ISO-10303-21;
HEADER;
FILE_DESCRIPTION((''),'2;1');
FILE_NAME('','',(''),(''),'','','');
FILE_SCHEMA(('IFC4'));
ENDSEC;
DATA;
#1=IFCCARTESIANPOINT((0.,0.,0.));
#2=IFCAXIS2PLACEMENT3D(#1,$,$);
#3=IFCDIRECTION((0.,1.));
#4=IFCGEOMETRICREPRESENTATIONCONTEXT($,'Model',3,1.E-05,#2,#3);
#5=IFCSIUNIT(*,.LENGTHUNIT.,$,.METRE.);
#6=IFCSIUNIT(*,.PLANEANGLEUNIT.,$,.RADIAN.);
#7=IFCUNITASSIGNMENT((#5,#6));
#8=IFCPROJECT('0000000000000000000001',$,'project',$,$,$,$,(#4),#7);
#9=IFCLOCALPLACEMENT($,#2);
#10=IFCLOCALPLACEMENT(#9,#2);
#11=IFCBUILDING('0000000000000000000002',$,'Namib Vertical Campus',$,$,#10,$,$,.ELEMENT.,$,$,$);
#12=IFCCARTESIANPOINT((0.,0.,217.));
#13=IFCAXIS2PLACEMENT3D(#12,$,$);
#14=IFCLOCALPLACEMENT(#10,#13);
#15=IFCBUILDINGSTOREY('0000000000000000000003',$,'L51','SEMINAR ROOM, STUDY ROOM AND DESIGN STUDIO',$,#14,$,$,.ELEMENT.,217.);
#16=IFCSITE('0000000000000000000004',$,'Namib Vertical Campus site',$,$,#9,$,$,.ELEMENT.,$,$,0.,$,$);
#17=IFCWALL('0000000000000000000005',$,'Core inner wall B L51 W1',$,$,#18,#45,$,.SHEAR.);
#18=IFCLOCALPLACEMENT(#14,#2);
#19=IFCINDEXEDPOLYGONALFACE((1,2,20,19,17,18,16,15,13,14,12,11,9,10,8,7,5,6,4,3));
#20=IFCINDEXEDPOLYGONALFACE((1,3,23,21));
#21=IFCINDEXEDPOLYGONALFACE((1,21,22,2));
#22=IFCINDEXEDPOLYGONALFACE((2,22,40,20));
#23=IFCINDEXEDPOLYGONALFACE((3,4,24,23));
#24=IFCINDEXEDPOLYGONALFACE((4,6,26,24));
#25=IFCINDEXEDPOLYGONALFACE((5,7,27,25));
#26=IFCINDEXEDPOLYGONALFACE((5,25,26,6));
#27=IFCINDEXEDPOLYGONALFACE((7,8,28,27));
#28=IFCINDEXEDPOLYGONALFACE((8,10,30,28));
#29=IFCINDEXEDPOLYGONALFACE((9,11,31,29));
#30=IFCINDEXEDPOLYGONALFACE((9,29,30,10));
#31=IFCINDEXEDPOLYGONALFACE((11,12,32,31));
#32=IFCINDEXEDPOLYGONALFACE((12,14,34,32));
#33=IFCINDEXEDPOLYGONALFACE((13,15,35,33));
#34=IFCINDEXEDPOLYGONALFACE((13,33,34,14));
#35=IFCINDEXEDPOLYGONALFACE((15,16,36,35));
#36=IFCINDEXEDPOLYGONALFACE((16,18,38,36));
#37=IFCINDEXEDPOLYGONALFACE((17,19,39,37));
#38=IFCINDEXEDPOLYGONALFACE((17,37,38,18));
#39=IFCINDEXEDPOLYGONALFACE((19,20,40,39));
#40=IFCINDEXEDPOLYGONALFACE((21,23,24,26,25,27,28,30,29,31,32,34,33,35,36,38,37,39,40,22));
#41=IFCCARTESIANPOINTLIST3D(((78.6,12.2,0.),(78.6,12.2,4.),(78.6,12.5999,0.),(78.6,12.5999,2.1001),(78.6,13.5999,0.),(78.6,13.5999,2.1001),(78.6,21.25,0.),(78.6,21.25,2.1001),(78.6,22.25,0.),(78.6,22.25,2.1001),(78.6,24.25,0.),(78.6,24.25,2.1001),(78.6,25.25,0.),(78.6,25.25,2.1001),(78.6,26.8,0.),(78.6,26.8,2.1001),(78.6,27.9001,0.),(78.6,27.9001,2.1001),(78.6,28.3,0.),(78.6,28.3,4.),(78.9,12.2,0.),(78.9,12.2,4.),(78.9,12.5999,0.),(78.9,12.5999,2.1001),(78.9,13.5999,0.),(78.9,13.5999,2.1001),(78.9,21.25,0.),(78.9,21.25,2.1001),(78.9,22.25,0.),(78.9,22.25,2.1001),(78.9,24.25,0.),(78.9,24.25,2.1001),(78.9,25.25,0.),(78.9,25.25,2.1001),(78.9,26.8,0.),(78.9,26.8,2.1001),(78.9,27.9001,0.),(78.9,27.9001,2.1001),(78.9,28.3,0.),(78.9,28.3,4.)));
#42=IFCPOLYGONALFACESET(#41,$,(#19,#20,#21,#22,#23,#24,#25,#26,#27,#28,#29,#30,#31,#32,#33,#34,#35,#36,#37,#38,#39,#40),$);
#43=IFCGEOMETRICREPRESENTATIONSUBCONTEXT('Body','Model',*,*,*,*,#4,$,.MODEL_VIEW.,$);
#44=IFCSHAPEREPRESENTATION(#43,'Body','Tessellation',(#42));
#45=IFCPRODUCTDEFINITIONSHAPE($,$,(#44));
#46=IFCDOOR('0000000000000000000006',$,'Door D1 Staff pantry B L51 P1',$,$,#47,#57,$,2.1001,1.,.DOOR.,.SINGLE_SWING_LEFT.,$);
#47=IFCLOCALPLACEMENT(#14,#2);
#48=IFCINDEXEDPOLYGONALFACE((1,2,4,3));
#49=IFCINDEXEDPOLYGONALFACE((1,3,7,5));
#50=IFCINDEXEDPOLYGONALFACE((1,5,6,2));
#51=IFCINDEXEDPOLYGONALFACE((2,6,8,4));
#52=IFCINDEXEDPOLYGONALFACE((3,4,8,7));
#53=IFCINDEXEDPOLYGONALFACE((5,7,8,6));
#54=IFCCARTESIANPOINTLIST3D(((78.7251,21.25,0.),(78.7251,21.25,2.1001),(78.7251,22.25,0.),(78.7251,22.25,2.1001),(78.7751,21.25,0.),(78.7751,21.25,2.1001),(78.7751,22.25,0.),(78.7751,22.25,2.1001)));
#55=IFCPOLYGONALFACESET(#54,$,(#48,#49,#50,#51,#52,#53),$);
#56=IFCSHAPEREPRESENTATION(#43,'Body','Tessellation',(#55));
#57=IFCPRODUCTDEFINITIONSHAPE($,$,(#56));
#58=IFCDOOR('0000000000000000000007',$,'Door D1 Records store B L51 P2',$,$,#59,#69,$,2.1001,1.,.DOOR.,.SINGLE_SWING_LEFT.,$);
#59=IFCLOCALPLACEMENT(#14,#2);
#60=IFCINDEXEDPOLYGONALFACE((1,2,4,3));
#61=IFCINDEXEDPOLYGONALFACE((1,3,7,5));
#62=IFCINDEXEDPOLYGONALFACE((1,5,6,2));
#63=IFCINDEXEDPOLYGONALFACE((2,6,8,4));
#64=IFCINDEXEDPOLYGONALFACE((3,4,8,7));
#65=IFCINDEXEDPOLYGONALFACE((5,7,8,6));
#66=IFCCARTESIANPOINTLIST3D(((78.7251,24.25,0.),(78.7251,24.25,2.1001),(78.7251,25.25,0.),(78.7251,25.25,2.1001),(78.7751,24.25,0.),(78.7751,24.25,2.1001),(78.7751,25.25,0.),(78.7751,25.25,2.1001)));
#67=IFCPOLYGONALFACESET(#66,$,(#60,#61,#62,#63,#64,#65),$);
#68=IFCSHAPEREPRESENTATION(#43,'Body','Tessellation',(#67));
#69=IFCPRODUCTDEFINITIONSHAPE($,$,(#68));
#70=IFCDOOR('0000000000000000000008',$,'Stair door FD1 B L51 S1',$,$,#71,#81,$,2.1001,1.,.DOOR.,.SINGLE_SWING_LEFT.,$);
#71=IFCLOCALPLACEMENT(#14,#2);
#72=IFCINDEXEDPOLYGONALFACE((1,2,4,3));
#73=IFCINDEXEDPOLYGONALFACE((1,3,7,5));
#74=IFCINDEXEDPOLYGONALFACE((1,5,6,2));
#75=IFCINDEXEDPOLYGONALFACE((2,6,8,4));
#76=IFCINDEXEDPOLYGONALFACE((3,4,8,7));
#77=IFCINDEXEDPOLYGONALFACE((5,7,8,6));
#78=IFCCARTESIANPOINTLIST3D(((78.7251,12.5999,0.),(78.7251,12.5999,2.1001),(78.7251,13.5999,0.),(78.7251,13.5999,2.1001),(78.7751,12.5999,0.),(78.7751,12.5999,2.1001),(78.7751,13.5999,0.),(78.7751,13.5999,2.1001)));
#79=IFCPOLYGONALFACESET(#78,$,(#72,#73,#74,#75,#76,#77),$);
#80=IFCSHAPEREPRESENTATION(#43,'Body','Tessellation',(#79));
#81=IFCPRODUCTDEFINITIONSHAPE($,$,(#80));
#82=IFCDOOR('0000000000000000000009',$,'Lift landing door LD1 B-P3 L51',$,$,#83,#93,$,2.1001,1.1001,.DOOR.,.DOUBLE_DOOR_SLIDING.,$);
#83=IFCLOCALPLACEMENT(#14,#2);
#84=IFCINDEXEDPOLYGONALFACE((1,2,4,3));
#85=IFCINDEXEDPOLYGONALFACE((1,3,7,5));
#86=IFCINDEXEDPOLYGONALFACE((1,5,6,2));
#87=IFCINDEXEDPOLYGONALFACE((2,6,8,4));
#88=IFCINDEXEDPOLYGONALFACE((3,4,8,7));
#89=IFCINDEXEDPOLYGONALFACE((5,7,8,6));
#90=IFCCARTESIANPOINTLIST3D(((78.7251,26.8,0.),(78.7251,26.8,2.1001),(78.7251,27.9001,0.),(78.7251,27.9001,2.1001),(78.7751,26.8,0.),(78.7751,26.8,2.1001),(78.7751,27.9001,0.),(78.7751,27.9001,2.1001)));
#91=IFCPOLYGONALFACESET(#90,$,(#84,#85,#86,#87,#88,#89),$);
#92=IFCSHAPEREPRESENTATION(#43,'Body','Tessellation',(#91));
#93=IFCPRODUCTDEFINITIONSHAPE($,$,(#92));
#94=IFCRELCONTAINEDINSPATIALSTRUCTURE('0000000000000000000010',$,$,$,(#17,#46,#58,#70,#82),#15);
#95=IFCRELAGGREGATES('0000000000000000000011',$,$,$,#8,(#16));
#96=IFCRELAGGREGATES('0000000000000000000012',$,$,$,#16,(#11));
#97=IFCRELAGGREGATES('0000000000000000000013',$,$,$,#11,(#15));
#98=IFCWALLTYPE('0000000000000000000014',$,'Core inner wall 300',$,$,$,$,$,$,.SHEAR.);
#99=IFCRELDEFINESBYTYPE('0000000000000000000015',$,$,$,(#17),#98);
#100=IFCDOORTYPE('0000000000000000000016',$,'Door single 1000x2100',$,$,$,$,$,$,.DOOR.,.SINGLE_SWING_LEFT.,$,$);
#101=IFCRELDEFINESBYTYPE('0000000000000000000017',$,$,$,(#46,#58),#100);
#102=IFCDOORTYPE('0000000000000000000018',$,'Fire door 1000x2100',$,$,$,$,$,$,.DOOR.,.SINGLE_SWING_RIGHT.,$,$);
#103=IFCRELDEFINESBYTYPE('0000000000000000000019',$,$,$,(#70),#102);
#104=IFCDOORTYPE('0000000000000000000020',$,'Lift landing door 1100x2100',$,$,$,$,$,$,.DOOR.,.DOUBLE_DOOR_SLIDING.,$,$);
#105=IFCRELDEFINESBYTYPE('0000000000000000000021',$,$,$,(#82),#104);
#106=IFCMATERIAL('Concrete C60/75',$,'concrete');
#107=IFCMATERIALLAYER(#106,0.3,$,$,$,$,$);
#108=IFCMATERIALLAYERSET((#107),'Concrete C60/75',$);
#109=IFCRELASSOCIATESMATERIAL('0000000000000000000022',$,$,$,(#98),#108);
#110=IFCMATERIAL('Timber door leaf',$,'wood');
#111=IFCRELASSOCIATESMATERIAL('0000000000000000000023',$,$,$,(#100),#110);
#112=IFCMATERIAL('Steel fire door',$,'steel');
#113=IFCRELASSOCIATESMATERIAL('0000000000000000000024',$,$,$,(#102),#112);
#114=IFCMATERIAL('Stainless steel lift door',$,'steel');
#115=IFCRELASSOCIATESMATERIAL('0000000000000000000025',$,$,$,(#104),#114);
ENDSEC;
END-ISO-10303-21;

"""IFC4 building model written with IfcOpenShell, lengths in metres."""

from ifc_helpers import new_model, si_unit, direction, frame, frame_2d, origin, place, context, subcontext, project, spatial, rectangle, extrude, material, layer, layer_set, type_object, element, fill, save


model = new_model("IFC4")

# Units and contexts
model_context = context("Model", 3, precision=1e-05, world=origin(), true_north=direction((0.0, 1.0)))
body_context = subcontext(model_context, "Body", "Model", "MODEL_VIEW")
ifc_project = project(units=[si_unit("LENGTHUNIT", "METRE"), si_unit("PLANEANGLEUNIT", "RADIAN")], contexts=[model_context])

# Site, building, storey
site_placement = place(None, origin())
site = spatial("IfcSite", under=ifc_project, at=site_placement, Name="Namib Vertical Campus site", CompositionType="ELEMENT", RefElevation=0.0)
building_placement = place(site_placement, origin())
building = spatial("IfcBuilding", under=site, at=building_placement, Name="Namib Vertical Campus", CompositionType="ELEMENT")
storey_placement = place(building_placement, frame((0.0, 0.0, 217.0)))
storey = spatial("IfcBuildingStorey", under=building, at=storey_placement, Name="L51", Description="SEMINAR ROOM, STUDY ROOM AND DESIGN STUDIO", CompositionType="ELEMENT", Elevation=217.0)

# Wall, openings, doors
ifc_material_1 = material(Name="Concrete C60/75", Category="concrete")
ifc_layer_1 = layer(ifc_material_1, 0.3)
ifc_layer_set_1 = layer_set([ifc_layer_1], Name="Concrete C60/75")
wall_type_1 = type_object("IfcWallType", Name="Core inner wall 300", PredefinedType="SHEAR", material=ifc_layer_set_1)
wall_1_placement = place(storey_placement, frame((78.75, 12.2, 0.0), z_axis=(0.0, 0.0, 1.0), x_axis=(0.0, 1.0, 0.0)))
wall_1 = element("IfcWall", 1, at=wall_1_placement, inside=storey, type_object=wall_type_1, Name="Core inner wall B L51 W1", PredefinedType="SHEAR", context=body_context, shape_type="SweptSolid", body=[
    extrude(rectangle(XDim=16.1001, YDim=0.3, at=frame_2d((8.05, 0.0))), origin(), (0.0, 0.0, 1.0), 4.0),
])
opening_1_placement = place(wall_1_placement, frame((0.3999, 0.0, 0.0)))
opening_1 = element("IfcOpeningElement", 2, at=opening_1_placement, cuts=wall_1, PredefinedType="OPENING", context=body_context, shape_type="SweptSolid", body=[
    extrude(rectangle(XDim=1.0, YDim=2.1001, at=frame_2d((0.5, 1.05))), frame((0.0, 0.1599, 0.0), z_axis=(0.0, -1.0, 0.0), x_axis=(1.0, 0.0, 0.0)), (0.0, 0.0, 1.0), 0.3201),
])
opening_2_placement = place(wall_1_placement, frame((14.6001, 0.0, 0.0)))
opening_2 = element("IfcOpeningElement", 3, at=opening_2_placement, cuts=wall_1, PredefinedType="OPENING", context=body_context, shape_type="SweptSolid", body=[
    extrude(rectangle(XDim=1.1001, YDim=2.1001, at=frame_2d((0.55, 1.05))), frame((0.0, 0.1599, 0.0), z_axis=(0.0, -1.0, 0.0), x_axis=(1.0, 0.0, 0.0)), (0.0, 0.0, 1.0), 0.3201),
])
opening_3_placement = place(wall_1_placement, frame((9.05, 0.0, 0.0)))
opening_3 = element("IfcOpeningElement", 4, at=opening_3_placement, cuts=wall_1, PredefinedType="OPENING", context=body_context, shape_type="SweptSolid", body=[
    extrude(rectangle(XDim=1.0, YDim=2.1001, at=frame_2d((0.5, 1.05))), frame((0.0, 0.1599, 0.0), z_axis=(0.0, -1.0, 0.0), x_axis=(1.0, 0.0, 0.0)), (0.0, 0.0, 1.0), 0.3201),
])
opening_4_placement = place(wall_1_placement, frame((12.05, 0.0, 0.0)))
opening_4 = element("IfcOpeningElement", 5, at=opening_4_placement, cuts=wall_1, PredefinedType="OPENING", context=body_context, shape_type="SweptSolid", body=[
    extrude(rectangle(XDim=1.0, YDim=2.1001, at=frame_2d((0.5, 1.05))), frame((0.0, 0.1599, 0.0), z_axis=(0.0, -1.0, 0.0), x_axis=(1.0, 0.0, 0.0)), (0.0, 0.0, 1.0), 0.3201),
])
ifc_material_2 = material(Name="Timber door leaf", Category="wood")
door_type_1 = type_object("IfcDoorType", Name="Door single 1000x2100", OperationType="SINGLE_SWING_LEFT", PredefinedType="DOOR", material=ifc_material_2)
door_1_placement = place(opening_3_placement, origin())
door_1 = element("IfcDoor", 6, at=door_1_placement, inside=storey, type_object=door_type_1, Name="Door D1 Staff pantry B L51 P1", OperationType="SINGLE_SWING_LEFT", OverallHeight=2.1001, OverallWidth=1.0, PredefinedType="DOOR", context=body_context, shape_type="SweptSolid", body=[
    extrude(rectangle(XDim=1.0, YDim=2.1001, at=frame_2d((0.5, 1.05))), frame((0.0, 0.0249, 0.0), z_axis=(0.0, -1.0, 0.0), x_axis=(1.0, 0.0, 0.0)), (0.0, 0.0, 1.0), 0.05),
])
fill(opening_3, door_1)
door_2_placement = place(opening_4_placement, origin())
door_2 = element("IfcDoor", 7, at=door_2_placement, inside=storey, type_object=door_type_1, Name="Door D1 Records store B L51 P2", OperationType="SINGLE_SWING_LEFT", OverallHeight=2.1001, OverallWidth=1.0, PredefinedType="DOOR", context=body_context, shape_type="SweptSolid", body=[
    extrude(rectangle(XDim=1.0, YDim=2.1001, at=frame_2d((0.5, 1.05))), frame((0.0, 0.0249, 0.0), z_axis=(0.0, -1.0, 0.0), x_axis=(1.0, 0.0, 0.0)), (0.0, 0.0, 1.0), 0.05),
])
fill(opening_4, door_2)
ifc_material_3 = material(Name="Steel fire door", Category="steel")
door_type_2 = type_object("IfcDoorType", Name="Fire door 1000x2100", OperationType="SINGLE_SWING_RIGHT", PredefinedType="DOOR", material=ifc_material_3)
door_3_placement = place(opening_1_placement, origin())
door_3 = element("IfcDoor", 8, at=door_3_placement, inside=storey, type_object=door_type_2, Name="Stair door FD1 B L51 S1", OperationType="SINGLE_SWING_LEFT", OverallHeight=2.1001, OverallWidth=1.0, PredefinedType="DOOR", context=body_context, shape_type="SweptSolid", body=[
    extrude(rectangle(XDim=1.0, YDim=2.1001, at=frame_2d((0.5, 1.05))), frame((0.0, 0.0249, 0.0), z_axis=(0.0, -1.0, 0.0), x_axis=(1.0, 0.0, 0.0)), (0.0, 0.0, 1.0), 0.05),
])
fill(opening_1, door_3)
ifc_material_4 = material(Name="Stainless steel lift door", Category="steel")
door_type_3 = type_object("IfcDoorType", Name="Lift landing door 1100x2100", OperationType="DOUBLE_DOOR_SLIDING", PredefinedType="DOOR", material=ifc_material_4)
door_4_placement = place(opening_2_placement, origin())
door_4 = element("IfcDoor", 9, at=door_4_placement, inside=storey, type_object=door_type_3, Name="Lift landing door LD1 B-P3 L51", OperationType="DOUBLE_DOOR_SLIDING", OverallHeight=2.1001, OverallWidth=1.1001, PredefinedType="DOOR", context=body_context, shape_type="SweptSolid", body=[
    extrude(rectangle(XDim=1.1001, YDim=2.1001, at=frame_2d((0.55, 1.05))), frame((0.0, 0.0249, 0.0), z_axis=(0.0, -1.0, 0.0), x_axis=(1.0, 0.0, 0.0)), (0.0, 0.0, 1.0), 0.05),
])
fill(opening_2, door_4)

save(model, "model.ifc")
